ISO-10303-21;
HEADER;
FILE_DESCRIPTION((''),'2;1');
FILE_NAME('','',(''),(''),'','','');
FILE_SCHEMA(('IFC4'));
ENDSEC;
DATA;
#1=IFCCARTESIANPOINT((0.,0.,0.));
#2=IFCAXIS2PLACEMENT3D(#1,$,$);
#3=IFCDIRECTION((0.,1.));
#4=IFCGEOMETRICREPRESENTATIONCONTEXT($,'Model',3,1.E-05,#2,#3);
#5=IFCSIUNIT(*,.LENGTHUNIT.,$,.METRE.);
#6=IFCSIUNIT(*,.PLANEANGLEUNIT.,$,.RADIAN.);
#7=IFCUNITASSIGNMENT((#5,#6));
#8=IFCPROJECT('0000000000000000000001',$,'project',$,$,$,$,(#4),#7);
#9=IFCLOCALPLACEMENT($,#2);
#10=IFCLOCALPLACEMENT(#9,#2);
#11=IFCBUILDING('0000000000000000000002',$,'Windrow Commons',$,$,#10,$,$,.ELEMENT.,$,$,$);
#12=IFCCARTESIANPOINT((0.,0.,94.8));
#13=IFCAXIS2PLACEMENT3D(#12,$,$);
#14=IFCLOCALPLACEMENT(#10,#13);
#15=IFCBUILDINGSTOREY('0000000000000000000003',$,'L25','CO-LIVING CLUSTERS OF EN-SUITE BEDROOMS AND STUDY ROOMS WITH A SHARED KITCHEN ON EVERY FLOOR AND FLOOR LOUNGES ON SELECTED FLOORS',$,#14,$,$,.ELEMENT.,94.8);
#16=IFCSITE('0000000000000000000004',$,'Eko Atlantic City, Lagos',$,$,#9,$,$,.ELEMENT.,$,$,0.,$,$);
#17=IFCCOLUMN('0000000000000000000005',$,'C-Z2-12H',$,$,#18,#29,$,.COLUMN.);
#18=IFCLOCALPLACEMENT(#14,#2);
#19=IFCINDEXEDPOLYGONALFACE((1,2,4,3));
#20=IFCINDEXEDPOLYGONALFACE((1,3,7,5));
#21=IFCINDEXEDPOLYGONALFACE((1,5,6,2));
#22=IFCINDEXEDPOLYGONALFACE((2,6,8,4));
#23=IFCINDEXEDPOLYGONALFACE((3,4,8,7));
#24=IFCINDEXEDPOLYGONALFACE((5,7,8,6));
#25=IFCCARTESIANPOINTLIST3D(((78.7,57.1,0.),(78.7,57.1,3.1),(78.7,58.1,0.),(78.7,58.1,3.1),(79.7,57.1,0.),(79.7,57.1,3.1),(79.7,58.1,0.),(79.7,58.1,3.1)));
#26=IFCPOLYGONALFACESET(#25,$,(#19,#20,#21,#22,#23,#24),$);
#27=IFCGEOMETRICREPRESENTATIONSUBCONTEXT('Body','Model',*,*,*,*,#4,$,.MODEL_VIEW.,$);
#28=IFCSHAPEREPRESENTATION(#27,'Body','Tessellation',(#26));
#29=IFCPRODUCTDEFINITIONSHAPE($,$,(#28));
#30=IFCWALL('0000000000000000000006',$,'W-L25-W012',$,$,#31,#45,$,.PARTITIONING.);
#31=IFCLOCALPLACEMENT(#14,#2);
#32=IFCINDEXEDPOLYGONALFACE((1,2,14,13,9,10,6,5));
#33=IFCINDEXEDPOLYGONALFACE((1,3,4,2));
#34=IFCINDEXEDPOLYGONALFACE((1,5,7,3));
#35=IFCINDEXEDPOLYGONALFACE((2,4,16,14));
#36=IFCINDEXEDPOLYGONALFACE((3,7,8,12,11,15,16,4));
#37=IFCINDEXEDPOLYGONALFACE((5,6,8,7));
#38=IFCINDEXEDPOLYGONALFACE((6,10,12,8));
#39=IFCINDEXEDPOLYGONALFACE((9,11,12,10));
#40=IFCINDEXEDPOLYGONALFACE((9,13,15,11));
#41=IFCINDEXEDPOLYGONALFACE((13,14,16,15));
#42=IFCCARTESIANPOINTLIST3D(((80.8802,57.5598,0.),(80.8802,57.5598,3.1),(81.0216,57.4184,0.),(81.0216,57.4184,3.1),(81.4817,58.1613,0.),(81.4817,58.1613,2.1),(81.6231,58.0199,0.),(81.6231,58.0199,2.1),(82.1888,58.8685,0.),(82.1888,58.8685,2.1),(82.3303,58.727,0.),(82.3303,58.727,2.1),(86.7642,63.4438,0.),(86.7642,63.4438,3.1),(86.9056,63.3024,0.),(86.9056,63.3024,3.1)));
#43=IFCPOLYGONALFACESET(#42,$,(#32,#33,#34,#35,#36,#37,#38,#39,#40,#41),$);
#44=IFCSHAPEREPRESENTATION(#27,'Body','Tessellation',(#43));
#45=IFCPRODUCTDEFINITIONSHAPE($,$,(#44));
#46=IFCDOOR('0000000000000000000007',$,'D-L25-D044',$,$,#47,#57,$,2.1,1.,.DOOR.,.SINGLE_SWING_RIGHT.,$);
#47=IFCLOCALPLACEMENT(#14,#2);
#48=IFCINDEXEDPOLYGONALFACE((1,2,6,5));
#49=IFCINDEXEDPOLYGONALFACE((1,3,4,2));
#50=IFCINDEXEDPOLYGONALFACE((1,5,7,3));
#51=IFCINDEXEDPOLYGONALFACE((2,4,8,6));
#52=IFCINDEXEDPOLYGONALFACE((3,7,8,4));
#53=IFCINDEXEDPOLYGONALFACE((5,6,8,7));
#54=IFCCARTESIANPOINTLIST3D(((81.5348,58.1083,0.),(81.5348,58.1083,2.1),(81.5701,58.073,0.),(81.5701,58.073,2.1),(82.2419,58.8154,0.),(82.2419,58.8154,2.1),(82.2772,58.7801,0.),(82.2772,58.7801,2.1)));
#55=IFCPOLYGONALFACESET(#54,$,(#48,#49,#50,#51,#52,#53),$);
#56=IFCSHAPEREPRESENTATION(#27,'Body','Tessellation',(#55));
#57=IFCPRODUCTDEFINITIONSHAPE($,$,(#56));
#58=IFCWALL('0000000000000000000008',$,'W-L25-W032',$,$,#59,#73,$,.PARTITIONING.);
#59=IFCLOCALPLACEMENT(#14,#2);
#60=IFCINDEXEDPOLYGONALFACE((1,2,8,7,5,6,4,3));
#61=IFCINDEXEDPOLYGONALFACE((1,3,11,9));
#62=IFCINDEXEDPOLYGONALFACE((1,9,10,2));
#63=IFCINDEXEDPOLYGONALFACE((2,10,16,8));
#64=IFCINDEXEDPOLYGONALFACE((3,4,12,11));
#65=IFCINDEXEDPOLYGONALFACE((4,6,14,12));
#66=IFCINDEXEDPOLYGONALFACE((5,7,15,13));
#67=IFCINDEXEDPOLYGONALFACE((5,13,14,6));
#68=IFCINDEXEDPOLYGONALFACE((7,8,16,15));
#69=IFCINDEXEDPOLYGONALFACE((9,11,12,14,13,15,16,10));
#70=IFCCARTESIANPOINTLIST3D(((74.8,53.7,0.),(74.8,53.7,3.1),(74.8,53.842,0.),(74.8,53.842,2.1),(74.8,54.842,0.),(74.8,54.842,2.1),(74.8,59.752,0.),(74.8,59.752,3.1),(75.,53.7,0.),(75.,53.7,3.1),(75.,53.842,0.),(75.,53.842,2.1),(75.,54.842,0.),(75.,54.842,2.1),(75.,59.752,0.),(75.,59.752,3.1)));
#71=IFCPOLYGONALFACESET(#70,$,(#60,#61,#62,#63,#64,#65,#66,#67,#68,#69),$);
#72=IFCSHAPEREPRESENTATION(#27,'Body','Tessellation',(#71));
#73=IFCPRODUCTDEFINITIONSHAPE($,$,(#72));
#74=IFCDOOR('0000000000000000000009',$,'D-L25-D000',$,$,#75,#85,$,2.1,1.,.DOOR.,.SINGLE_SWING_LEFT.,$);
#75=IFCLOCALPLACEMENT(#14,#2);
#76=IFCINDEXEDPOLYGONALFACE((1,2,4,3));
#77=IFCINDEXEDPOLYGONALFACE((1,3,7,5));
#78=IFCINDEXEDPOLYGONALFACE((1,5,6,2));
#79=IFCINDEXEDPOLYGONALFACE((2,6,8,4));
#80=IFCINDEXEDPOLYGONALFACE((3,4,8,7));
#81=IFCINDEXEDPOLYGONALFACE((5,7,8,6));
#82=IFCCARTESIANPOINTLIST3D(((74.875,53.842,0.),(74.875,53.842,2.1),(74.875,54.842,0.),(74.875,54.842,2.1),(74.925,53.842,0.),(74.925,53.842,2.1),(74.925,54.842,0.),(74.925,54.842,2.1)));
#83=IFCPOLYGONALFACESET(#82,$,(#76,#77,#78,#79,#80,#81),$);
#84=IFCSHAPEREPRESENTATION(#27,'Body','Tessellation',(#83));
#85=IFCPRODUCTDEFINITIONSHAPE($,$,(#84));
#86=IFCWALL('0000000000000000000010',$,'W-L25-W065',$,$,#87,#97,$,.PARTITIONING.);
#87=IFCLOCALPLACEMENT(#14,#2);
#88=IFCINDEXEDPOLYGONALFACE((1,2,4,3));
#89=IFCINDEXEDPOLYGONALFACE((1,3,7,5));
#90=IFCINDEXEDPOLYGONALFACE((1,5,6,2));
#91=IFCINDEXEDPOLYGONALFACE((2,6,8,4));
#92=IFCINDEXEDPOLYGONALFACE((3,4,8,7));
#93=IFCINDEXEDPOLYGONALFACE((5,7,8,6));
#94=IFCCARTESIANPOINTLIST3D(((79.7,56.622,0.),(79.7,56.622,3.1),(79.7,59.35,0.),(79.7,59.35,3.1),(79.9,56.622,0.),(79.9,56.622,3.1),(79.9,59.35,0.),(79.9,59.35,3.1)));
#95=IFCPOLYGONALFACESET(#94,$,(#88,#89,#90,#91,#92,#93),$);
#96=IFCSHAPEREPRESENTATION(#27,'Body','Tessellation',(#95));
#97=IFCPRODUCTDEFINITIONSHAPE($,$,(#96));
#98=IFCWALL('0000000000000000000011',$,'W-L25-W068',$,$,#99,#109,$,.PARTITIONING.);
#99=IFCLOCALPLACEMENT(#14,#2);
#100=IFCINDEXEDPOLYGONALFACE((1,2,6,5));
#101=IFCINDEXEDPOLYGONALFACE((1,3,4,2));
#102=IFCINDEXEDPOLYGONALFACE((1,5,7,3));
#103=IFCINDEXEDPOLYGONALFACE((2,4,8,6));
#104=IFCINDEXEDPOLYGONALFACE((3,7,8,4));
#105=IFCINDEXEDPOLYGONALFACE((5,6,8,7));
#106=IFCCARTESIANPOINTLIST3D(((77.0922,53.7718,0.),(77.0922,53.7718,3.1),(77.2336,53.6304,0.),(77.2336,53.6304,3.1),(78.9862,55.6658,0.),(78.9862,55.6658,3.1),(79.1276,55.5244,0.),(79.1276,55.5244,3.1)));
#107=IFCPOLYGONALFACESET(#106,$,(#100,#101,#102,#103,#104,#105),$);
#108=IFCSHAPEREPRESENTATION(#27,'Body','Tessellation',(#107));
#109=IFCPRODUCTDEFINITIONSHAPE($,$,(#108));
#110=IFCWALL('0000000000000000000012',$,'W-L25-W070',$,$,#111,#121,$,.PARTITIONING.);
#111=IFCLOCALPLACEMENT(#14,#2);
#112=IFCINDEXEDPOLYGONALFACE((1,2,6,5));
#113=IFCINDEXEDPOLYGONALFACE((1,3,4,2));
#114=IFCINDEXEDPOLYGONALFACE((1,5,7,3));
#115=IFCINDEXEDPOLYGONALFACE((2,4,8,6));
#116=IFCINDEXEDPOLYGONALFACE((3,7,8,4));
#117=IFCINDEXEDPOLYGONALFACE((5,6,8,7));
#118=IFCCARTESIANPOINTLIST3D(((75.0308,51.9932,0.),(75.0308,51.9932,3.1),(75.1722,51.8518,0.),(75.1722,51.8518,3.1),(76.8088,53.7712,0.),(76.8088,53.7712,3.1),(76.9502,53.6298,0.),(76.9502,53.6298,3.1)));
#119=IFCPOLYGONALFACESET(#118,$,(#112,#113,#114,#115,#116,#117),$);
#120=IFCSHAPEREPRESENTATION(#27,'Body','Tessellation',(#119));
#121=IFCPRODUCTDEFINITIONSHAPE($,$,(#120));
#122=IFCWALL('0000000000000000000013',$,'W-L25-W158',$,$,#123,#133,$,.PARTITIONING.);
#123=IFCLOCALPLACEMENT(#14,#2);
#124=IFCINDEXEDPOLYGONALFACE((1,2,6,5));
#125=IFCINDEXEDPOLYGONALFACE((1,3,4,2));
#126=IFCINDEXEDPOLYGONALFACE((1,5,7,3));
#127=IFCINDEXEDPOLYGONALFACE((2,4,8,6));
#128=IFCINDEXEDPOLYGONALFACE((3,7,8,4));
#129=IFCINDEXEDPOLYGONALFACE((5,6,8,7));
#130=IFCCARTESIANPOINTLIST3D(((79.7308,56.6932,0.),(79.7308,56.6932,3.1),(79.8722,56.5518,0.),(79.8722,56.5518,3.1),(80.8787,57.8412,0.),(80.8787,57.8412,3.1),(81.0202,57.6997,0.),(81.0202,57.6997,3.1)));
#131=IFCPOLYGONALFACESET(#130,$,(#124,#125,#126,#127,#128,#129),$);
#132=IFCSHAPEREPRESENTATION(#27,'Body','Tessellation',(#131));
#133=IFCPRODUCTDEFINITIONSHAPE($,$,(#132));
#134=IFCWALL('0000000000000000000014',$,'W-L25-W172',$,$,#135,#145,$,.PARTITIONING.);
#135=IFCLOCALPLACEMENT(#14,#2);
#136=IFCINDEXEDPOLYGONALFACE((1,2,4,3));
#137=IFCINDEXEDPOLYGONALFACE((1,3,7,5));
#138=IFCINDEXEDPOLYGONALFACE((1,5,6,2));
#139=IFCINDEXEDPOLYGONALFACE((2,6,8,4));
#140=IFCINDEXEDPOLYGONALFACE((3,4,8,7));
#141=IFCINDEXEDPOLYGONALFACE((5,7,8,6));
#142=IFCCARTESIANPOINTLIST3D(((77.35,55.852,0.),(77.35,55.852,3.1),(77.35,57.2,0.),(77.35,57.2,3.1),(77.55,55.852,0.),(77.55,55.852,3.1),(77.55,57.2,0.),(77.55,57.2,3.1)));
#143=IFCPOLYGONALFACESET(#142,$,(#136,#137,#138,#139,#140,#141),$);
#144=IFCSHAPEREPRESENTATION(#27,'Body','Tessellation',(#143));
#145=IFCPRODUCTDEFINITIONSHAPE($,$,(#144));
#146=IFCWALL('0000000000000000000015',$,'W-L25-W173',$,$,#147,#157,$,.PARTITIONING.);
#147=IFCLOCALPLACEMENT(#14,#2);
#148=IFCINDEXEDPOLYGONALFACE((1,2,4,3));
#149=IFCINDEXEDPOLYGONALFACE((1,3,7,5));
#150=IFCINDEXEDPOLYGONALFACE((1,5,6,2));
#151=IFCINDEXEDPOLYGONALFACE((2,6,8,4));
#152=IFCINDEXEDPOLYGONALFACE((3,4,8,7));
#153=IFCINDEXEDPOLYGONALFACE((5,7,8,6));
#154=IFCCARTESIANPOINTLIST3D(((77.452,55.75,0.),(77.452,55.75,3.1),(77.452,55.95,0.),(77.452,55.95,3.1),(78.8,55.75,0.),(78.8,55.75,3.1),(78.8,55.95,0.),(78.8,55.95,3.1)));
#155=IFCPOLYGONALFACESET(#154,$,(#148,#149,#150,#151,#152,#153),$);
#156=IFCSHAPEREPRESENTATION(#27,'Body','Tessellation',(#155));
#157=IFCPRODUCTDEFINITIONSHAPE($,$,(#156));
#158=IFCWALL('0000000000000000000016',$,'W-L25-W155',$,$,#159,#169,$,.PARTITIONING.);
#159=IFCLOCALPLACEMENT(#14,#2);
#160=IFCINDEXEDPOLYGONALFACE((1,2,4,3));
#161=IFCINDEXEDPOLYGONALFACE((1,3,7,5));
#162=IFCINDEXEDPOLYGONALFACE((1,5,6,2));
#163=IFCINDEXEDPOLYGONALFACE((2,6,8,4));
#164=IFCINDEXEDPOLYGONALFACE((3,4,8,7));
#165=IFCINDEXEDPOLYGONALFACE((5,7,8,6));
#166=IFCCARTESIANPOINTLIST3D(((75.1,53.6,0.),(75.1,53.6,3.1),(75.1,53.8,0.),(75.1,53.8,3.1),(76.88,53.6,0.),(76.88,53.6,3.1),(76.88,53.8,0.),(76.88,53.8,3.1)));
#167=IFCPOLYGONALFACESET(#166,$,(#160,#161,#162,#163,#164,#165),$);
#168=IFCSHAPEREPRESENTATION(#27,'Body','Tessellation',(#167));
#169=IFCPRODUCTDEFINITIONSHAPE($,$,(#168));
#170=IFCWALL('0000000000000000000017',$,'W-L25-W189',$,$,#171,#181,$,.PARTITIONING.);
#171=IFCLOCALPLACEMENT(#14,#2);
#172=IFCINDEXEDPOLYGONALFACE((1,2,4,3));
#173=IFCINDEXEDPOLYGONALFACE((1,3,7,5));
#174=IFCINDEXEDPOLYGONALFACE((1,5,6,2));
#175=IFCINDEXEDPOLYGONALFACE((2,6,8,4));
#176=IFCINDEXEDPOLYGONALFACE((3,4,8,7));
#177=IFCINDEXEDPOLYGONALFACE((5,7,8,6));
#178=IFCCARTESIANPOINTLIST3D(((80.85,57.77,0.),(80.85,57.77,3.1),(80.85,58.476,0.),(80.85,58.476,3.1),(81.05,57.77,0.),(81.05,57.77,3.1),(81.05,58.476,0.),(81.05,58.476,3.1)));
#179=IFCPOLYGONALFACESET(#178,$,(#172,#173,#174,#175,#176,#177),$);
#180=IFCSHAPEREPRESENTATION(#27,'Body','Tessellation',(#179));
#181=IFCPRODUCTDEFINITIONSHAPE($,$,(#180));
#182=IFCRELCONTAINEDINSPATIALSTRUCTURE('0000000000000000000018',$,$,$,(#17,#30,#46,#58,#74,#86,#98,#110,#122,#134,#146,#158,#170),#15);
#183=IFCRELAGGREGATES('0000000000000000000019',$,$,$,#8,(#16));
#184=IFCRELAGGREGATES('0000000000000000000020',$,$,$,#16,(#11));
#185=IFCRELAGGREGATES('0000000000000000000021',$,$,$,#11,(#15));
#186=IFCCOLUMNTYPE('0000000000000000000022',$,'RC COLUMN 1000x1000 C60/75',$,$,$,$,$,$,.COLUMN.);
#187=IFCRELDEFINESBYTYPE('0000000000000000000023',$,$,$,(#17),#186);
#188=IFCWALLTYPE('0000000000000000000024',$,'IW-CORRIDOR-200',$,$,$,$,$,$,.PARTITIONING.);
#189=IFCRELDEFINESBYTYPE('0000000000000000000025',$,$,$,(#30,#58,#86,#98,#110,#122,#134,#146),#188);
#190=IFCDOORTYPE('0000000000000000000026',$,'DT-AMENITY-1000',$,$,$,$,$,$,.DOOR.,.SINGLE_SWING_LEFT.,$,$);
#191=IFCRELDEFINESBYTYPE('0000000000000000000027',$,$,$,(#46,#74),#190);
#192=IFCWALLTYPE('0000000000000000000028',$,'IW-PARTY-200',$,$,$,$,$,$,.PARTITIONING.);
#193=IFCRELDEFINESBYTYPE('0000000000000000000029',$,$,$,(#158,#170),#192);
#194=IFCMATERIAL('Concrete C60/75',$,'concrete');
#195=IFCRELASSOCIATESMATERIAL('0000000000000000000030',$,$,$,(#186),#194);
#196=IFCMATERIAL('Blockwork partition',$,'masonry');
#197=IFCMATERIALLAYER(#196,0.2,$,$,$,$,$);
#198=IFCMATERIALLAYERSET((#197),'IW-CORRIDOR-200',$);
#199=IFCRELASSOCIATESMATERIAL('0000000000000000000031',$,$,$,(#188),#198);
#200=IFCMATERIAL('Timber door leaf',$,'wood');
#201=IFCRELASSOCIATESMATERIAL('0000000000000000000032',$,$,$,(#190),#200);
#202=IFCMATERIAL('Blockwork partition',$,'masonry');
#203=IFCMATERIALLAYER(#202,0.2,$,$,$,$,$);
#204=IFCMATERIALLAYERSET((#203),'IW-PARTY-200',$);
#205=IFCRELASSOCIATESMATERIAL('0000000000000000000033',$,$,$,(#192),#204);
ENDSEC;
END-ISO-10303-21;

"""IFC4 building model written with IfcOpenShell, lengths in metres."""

from ifc_helpers import new_model, si_unit, direction, frame, frame_2d, origin, origin_2d, place, context, subcontext, project, spatial, rectangle, extrude, material, layer, layer_set, material_profile, profile_set, type_object, element, fill, save


model = new_model("IFC4")

# Units and contexts
model_context = context("Model", 3, precision=1e-05, world=origin(), true_north=direction((0.0, 1.0)))
body_context = subcontext(model_context, "Body", "Model", "MODEL_VIEW")
ifc_project = project(units=[si_unit("LENGTHUNIT", "METRE"), si_unit("PLANEANGLEUNIT", "RADIAN")], contexts=[model_context])

# Site, building, storey
site_placement = place(None, origin())
site = spatial("IfcSite", under=ifc_project, at=site_placement, Name="Eko Atlantic City, Lagos", CompositionType="ELEMENT", RefElevation=0.0)
building_placement = place(site_placement, origin())
building = spatial("IfcBuilding", under=site, at=building_placement, Name="Windrow Commons", CompositionType="ELEMENT")
storey_placement = place(building_placement, frame((0.0, 0.0, 94.8)))
storey = spatial("IfcBuildingStorey", under=building, at=storey_placement, Name="L25", Description="CO-LIVING CLUSTERS OF EN-SUITE BEDROOMS AND STUDY ROOMS WITH A SHARED KITCHEN ON EVERY FLOOR AND FLOOR LOUNGES ON SELECTED FLOORS", CompositionType="ELEMENT", Elevation=94.8)

# Column
ifc_material_1 = material(Name="Concrete C60/75", Category="concrete")
ifc_material_profile = material_profile(ifc_material_1, rectangle(XDim=1.0, YDim=1.0, at=origin_2d()))
ifc_profile_set = profile_set([ifc_material_profile], Name="Concrete C60/75")
column_type = type_object("IfcColumnType", Name="RC COLUMN 1000x1000 C60/75", PredefinedType="COLUMN", material=ifc_profile_set)
column_placement = place(storey_placement, frame((79.2, 57.6, 0.0), z_axis=(0.0, 0.0, 1.0), x_axis=(1.0, 0.0, 0.0)))
element("IfcColumn", 1, at=column_placement, inside=storey, type_object=column_type, Name="C-Z2-12H", PredefinedType="COLUMN", context=body_context, shape_type="SweptSolid", body=[
    extrude(rectangle(XDim=1.0, YDim=1.0, at=origin_2d()), origin(), (0.0, 0.0, 1.0), 3.1),
])

# Walls, openings, doors
ifc_material_2 = material(Name="Blockwork partition", Category="masonry")
ifc_layer_1 = layer(ifc_material_2, 0.2)
ifc_layer_set_1 = layer_set([ifc_layer_1], Name="IW-CORRIDOR-200")
wall_type_1 = type_object("IfcWallType", Name="IW-CORRIDOR-200", PredefinedType="PARTITIONING", material=ifc_layer_set_1)
wall_1_placement = place(storey_placement, frame((80.9509, 57.4891, 0.0), z_axis=(0.0, 0.0, 1.0), x_axis=(0.707107, 0.707107, 0.0)))
wall_1 = element("IfcWall", 2, at=wall_1_placement, inside=storey, type_object=wall_type_1, Name="W-L25-W012", PredefinedType="PARTITIONING", context=body_context, shape_type="SweptSolid", body=[
    extrude(rectangle(XDim=8.3212, YDim=0.2, at=frame_2d((4.1606, 0.0))), origin(), (0.0, 0.0, 1.0), 3.1),
])
opening_1_placement = place(wall_1_placement, frame((0.8507, 0.0, 0.0)))
opening_1 = element("IfcOpeningElement", 3, at=opening_1_placement, cuts=wall_1, PredefinedType="OPENING", context=body_context, shape_type="SweptSolid", body=[
    extrude(rectangle(XDim=1.0, YDim=2.1, at=frame_2d((0.5, 1.05))), frame((0.0, 0.11, 0.0), z_axis=(0.0, -1.0, 0.0), x_axis=(1.0, 0.0, 0.0)), (0.0, 0.0, 1.0), 0.22),
])
ifc_material_3 = material(Name="Timber door leaf", Category="wood")
door_type_1 = type_object("IfcDoorType", Name="DT-AMENITY-1000", OperationType="SINGLE_SWING_LEFT", PredefinedType="DOOR", material=ifc_material_3)
door_1_placement = place(opening_1_placement, origin())
door_1 = element("IfcDoor", 4, at=door_1_placement, inside=storey, type_object=door_type_1, Name="D-L25-D044", OperationType="SINGLE_SWING_RIGHT", OverallHeight=2.1, OverallWidth=1.0, PredefinedType="DOOR", context=body_context, shape_type="SweptSolid", body=[
    extrude(rectangle(XDim=1.0, YDim=2.1, at=frame_2d((0.5, 1.05))), frame((0.0, 0.025, 0.0), z_axis=(0.0, -1.0, 0.0), x_axis=(1.0, 0.0, 0.0)), (0.0, 0.0, 1.0), 0.05),
])
fill(opening_1, door_1)
wall_2_placement = place(storey_placement, frame((74.9, 53.7, 0.0), z_axis=(0.0, 0.0, 1.0), x_axis=(0.0, 1.0, 0.0)))
wall_2 = element("IfcWall", 5, at=wall_2_placement, inside=storey, type_object=wall_type_1, Name="W-L25-W032", PredefinedType="PARTITIONING", context=body_context, shape_type="SweptSolid", body=[
    extrude(rectangle(XDim=6.052, YDim=0.2, at=frame_2d((3.026, 0.0))), origin(), (0.0, 0.0, 1.0), 3.1),
])
opening_2_placement = place(wall_2_placement, frame((0.142, 0.0, 0.0)))
opening_2 = element("IfcOpeningElement", 6, at=opening_2_placement, cuts=wall_2, PredefinedType="OPENING", context=body_context, shape_type="SweptSolid", body=[
    extrude(rectangle(XDim=1.0, YDim=2.1, at=frame_2d((0.5, 1.05))), frame((0.0, 0.11, 0.0), z_axis=(0.0, -1.0, 0.0), x_axis=(1.0, 0.0, 0.0)), (0.0, 0.0, 1.0), 0.22),
])
door_2_placement = place(opening_2_placement, origin())
door_2 = element("IfcDoor", 7, at=door_2_placement, inside=storey, type_object=door_type_1, Name="D-L25-D000", OperationType="SINGLE_SWING_LEFT", OverallHeight=2.1, OverallWidth=1.0, PredefinedType="DOOR", context=body_context, shape_type="SweptSolid", body=[
    extrude(rectangle(XDim=1.0, YDim=2.1, at=frame_2d((0.5, 1.05))), frame((0.0, 0.025, 0.0), z_axis=(0.0, -1.0, 0.0), x_axis=(1.0, 0.0, 0.0)), (0.0, 0.0, 1.0), 0.05),
])
fill(opening_2, door_2)

# Walls
wall_3_placement = place(storey_placement, frame((79.8, 56.622, 0.0), z_axis=(0.0, 0.0, 1.0), x_axis=(0.0, 1.0, 0.0)))
element("IfcWall", 8, at=wall_3_placement, inside=storey, type_object=wall_type_1, Name="W-L25-W065", PredefinedType="PARTITIONING", context=body_context, shape_type="SweptSolid", body=[
    extrude(rectangle(XDim=2.728, YDim=0.2, at=frame_2d((1.364, 0.0))), origin(), (0.0, 0.0, 1.0), 3.1),
])
wall_4_placement = place(storey_placement, frame((77.1629, 53.7011, 0.0), z_axis=(0.0, 0.0, 1.0), x_axis=(0.707107, 0.707107, 0.0)))
element("IfcWall", 9, at=wall_4_placement, inside=storey, type_object=wall_type_1, Name="W-L25-W068", PredefinedType="PARTITIONING", context=body_context, shape_type="SweptSolid", body=[
    extrude(rectangle(XDim=2.6785, YDim=0.2, at=frame_2d((1.3393, 0.0))), origin(), (0.0, 0.0, 1.0), 3.1),
])
wall_5_placement = place(storey_placement, frame((75.1015, 51.9225, 0.0), z_axis=(0.0, 0.0, 1.0), x_axis=(0.707107, 0.707107, 0.0)))
element("IfcWall", 10, at=wall_5_placement, inside=storey, type_object=wall_type_1, Name="W-L25-W070", PredefinedType="PARTITIONING", context=body_context, shape_type="SweptSolid", body=[
    extrude(rectangle(XDim=2.5145, YDim=0.2, at=frame_2d((1.2572, 0.0))), origin(), (0.0, 0.0, 1.0), 3.1),
])
wall_6_placement = place(storey_placement, frame((79.8015, 56.6225, 0.0), z_axis=(0.0, 0.0, 1.0), x_axis=(0.707107, 0.707107, 0.0)))
element("IfcWall", 11, at=wall_6_placement, inside=storey, type_object=wall_type_1, Name="W-L25-W158", PredefinedType="PARTITIONING", context=body_context, shape_type="SweptSolid", body=[
    extrude(rectangle(XDim=1.6235, YDim=0.2, at=frame_2d((0.8117, 0.0))), origin(), (0.0, 0.0, 1.0), 3.1),
])
for number, where, z_axis, x_axis, name in (
    (12, (77.45, 55.852, 0.0), (0.0, 0.0, 1.0), (0.0, 1.0, 0.0), "W-L25-W172"),
    (13, (77.452, 55.85, 0.0), (0.0, 0.0, 1.0), (1.0, 0.0, 0.0), "W-L25-W173"),
):
    element("IfcWall", number, at=place(storey_placement, frame(where, z_axis=z_axis, x_axis=x_axis)), inside=storey, type_object=wall_type_1, Name=name, PredefinedType="PARTITIONING", context=body_context, shape_type="SweptSolid", body=[
        extrude(rectangle(XDim=1.348, YDim=0.2, at=frame_2d((0.674, 0.0))), origin(), (0.0, 0.0, 1.0), 3.1),
    ])
ifc_material_4 = material(Name="Blockwork partition", Category="masonry")
ifc_layer_2 = layer(ifc_material_4, 0.2)
ifc_layer_set_2 = layer_set([ifc_layer_2], Name="IW-PARTY-200")
wall_type_2 = type_object("IfcWallType", Name="IW-PARTY-200", PredefinedType="PARTITIONING", material=ifc_layer_set_2)
wall_7_placement = place(storey_placement, frame((75.1, 53.7, 0.0), z_axis=(0.0, 0.0, 1.0), x_axis=(1.0, 0.0, 0.0)))
element("IfcWall", 14, at=wall_7_placement, inside=storey, type_object=wall_type_2, Name="W-L25-W155", PredefinedType="PARTITIONING", context=body_context, shape_type="SweptSolid", body=[
    extrude(rectangle(XDim=1.78, YDim=0.2, at=frame_2d((0.89, 0.0))), origin(), (0.0, 0.0, 1.0), 3.1),
])
wall_8_placement = place(storey_placement, frame((80.95, 57.77, 0.0), z_axis=(0.0, 0.0, 1.0), x_axis=(0.0, 1.0, 0.0)))
element("IfcWall", 15, at=wall_8_placement, inside=storey, type_object=wall_type_2, Name="W-L25-W189", PredefinedType="PARTITIONING", context=body_context, shape_type="SweptSolid", body=[
    extrude(rectangle(XDim=0.706, YDim=0.2, at=frame_2d((0.353, 0.0))), origin(), (0.0, 0.0, 1.0), 3.1),
])

save(model, "model.ifc")
